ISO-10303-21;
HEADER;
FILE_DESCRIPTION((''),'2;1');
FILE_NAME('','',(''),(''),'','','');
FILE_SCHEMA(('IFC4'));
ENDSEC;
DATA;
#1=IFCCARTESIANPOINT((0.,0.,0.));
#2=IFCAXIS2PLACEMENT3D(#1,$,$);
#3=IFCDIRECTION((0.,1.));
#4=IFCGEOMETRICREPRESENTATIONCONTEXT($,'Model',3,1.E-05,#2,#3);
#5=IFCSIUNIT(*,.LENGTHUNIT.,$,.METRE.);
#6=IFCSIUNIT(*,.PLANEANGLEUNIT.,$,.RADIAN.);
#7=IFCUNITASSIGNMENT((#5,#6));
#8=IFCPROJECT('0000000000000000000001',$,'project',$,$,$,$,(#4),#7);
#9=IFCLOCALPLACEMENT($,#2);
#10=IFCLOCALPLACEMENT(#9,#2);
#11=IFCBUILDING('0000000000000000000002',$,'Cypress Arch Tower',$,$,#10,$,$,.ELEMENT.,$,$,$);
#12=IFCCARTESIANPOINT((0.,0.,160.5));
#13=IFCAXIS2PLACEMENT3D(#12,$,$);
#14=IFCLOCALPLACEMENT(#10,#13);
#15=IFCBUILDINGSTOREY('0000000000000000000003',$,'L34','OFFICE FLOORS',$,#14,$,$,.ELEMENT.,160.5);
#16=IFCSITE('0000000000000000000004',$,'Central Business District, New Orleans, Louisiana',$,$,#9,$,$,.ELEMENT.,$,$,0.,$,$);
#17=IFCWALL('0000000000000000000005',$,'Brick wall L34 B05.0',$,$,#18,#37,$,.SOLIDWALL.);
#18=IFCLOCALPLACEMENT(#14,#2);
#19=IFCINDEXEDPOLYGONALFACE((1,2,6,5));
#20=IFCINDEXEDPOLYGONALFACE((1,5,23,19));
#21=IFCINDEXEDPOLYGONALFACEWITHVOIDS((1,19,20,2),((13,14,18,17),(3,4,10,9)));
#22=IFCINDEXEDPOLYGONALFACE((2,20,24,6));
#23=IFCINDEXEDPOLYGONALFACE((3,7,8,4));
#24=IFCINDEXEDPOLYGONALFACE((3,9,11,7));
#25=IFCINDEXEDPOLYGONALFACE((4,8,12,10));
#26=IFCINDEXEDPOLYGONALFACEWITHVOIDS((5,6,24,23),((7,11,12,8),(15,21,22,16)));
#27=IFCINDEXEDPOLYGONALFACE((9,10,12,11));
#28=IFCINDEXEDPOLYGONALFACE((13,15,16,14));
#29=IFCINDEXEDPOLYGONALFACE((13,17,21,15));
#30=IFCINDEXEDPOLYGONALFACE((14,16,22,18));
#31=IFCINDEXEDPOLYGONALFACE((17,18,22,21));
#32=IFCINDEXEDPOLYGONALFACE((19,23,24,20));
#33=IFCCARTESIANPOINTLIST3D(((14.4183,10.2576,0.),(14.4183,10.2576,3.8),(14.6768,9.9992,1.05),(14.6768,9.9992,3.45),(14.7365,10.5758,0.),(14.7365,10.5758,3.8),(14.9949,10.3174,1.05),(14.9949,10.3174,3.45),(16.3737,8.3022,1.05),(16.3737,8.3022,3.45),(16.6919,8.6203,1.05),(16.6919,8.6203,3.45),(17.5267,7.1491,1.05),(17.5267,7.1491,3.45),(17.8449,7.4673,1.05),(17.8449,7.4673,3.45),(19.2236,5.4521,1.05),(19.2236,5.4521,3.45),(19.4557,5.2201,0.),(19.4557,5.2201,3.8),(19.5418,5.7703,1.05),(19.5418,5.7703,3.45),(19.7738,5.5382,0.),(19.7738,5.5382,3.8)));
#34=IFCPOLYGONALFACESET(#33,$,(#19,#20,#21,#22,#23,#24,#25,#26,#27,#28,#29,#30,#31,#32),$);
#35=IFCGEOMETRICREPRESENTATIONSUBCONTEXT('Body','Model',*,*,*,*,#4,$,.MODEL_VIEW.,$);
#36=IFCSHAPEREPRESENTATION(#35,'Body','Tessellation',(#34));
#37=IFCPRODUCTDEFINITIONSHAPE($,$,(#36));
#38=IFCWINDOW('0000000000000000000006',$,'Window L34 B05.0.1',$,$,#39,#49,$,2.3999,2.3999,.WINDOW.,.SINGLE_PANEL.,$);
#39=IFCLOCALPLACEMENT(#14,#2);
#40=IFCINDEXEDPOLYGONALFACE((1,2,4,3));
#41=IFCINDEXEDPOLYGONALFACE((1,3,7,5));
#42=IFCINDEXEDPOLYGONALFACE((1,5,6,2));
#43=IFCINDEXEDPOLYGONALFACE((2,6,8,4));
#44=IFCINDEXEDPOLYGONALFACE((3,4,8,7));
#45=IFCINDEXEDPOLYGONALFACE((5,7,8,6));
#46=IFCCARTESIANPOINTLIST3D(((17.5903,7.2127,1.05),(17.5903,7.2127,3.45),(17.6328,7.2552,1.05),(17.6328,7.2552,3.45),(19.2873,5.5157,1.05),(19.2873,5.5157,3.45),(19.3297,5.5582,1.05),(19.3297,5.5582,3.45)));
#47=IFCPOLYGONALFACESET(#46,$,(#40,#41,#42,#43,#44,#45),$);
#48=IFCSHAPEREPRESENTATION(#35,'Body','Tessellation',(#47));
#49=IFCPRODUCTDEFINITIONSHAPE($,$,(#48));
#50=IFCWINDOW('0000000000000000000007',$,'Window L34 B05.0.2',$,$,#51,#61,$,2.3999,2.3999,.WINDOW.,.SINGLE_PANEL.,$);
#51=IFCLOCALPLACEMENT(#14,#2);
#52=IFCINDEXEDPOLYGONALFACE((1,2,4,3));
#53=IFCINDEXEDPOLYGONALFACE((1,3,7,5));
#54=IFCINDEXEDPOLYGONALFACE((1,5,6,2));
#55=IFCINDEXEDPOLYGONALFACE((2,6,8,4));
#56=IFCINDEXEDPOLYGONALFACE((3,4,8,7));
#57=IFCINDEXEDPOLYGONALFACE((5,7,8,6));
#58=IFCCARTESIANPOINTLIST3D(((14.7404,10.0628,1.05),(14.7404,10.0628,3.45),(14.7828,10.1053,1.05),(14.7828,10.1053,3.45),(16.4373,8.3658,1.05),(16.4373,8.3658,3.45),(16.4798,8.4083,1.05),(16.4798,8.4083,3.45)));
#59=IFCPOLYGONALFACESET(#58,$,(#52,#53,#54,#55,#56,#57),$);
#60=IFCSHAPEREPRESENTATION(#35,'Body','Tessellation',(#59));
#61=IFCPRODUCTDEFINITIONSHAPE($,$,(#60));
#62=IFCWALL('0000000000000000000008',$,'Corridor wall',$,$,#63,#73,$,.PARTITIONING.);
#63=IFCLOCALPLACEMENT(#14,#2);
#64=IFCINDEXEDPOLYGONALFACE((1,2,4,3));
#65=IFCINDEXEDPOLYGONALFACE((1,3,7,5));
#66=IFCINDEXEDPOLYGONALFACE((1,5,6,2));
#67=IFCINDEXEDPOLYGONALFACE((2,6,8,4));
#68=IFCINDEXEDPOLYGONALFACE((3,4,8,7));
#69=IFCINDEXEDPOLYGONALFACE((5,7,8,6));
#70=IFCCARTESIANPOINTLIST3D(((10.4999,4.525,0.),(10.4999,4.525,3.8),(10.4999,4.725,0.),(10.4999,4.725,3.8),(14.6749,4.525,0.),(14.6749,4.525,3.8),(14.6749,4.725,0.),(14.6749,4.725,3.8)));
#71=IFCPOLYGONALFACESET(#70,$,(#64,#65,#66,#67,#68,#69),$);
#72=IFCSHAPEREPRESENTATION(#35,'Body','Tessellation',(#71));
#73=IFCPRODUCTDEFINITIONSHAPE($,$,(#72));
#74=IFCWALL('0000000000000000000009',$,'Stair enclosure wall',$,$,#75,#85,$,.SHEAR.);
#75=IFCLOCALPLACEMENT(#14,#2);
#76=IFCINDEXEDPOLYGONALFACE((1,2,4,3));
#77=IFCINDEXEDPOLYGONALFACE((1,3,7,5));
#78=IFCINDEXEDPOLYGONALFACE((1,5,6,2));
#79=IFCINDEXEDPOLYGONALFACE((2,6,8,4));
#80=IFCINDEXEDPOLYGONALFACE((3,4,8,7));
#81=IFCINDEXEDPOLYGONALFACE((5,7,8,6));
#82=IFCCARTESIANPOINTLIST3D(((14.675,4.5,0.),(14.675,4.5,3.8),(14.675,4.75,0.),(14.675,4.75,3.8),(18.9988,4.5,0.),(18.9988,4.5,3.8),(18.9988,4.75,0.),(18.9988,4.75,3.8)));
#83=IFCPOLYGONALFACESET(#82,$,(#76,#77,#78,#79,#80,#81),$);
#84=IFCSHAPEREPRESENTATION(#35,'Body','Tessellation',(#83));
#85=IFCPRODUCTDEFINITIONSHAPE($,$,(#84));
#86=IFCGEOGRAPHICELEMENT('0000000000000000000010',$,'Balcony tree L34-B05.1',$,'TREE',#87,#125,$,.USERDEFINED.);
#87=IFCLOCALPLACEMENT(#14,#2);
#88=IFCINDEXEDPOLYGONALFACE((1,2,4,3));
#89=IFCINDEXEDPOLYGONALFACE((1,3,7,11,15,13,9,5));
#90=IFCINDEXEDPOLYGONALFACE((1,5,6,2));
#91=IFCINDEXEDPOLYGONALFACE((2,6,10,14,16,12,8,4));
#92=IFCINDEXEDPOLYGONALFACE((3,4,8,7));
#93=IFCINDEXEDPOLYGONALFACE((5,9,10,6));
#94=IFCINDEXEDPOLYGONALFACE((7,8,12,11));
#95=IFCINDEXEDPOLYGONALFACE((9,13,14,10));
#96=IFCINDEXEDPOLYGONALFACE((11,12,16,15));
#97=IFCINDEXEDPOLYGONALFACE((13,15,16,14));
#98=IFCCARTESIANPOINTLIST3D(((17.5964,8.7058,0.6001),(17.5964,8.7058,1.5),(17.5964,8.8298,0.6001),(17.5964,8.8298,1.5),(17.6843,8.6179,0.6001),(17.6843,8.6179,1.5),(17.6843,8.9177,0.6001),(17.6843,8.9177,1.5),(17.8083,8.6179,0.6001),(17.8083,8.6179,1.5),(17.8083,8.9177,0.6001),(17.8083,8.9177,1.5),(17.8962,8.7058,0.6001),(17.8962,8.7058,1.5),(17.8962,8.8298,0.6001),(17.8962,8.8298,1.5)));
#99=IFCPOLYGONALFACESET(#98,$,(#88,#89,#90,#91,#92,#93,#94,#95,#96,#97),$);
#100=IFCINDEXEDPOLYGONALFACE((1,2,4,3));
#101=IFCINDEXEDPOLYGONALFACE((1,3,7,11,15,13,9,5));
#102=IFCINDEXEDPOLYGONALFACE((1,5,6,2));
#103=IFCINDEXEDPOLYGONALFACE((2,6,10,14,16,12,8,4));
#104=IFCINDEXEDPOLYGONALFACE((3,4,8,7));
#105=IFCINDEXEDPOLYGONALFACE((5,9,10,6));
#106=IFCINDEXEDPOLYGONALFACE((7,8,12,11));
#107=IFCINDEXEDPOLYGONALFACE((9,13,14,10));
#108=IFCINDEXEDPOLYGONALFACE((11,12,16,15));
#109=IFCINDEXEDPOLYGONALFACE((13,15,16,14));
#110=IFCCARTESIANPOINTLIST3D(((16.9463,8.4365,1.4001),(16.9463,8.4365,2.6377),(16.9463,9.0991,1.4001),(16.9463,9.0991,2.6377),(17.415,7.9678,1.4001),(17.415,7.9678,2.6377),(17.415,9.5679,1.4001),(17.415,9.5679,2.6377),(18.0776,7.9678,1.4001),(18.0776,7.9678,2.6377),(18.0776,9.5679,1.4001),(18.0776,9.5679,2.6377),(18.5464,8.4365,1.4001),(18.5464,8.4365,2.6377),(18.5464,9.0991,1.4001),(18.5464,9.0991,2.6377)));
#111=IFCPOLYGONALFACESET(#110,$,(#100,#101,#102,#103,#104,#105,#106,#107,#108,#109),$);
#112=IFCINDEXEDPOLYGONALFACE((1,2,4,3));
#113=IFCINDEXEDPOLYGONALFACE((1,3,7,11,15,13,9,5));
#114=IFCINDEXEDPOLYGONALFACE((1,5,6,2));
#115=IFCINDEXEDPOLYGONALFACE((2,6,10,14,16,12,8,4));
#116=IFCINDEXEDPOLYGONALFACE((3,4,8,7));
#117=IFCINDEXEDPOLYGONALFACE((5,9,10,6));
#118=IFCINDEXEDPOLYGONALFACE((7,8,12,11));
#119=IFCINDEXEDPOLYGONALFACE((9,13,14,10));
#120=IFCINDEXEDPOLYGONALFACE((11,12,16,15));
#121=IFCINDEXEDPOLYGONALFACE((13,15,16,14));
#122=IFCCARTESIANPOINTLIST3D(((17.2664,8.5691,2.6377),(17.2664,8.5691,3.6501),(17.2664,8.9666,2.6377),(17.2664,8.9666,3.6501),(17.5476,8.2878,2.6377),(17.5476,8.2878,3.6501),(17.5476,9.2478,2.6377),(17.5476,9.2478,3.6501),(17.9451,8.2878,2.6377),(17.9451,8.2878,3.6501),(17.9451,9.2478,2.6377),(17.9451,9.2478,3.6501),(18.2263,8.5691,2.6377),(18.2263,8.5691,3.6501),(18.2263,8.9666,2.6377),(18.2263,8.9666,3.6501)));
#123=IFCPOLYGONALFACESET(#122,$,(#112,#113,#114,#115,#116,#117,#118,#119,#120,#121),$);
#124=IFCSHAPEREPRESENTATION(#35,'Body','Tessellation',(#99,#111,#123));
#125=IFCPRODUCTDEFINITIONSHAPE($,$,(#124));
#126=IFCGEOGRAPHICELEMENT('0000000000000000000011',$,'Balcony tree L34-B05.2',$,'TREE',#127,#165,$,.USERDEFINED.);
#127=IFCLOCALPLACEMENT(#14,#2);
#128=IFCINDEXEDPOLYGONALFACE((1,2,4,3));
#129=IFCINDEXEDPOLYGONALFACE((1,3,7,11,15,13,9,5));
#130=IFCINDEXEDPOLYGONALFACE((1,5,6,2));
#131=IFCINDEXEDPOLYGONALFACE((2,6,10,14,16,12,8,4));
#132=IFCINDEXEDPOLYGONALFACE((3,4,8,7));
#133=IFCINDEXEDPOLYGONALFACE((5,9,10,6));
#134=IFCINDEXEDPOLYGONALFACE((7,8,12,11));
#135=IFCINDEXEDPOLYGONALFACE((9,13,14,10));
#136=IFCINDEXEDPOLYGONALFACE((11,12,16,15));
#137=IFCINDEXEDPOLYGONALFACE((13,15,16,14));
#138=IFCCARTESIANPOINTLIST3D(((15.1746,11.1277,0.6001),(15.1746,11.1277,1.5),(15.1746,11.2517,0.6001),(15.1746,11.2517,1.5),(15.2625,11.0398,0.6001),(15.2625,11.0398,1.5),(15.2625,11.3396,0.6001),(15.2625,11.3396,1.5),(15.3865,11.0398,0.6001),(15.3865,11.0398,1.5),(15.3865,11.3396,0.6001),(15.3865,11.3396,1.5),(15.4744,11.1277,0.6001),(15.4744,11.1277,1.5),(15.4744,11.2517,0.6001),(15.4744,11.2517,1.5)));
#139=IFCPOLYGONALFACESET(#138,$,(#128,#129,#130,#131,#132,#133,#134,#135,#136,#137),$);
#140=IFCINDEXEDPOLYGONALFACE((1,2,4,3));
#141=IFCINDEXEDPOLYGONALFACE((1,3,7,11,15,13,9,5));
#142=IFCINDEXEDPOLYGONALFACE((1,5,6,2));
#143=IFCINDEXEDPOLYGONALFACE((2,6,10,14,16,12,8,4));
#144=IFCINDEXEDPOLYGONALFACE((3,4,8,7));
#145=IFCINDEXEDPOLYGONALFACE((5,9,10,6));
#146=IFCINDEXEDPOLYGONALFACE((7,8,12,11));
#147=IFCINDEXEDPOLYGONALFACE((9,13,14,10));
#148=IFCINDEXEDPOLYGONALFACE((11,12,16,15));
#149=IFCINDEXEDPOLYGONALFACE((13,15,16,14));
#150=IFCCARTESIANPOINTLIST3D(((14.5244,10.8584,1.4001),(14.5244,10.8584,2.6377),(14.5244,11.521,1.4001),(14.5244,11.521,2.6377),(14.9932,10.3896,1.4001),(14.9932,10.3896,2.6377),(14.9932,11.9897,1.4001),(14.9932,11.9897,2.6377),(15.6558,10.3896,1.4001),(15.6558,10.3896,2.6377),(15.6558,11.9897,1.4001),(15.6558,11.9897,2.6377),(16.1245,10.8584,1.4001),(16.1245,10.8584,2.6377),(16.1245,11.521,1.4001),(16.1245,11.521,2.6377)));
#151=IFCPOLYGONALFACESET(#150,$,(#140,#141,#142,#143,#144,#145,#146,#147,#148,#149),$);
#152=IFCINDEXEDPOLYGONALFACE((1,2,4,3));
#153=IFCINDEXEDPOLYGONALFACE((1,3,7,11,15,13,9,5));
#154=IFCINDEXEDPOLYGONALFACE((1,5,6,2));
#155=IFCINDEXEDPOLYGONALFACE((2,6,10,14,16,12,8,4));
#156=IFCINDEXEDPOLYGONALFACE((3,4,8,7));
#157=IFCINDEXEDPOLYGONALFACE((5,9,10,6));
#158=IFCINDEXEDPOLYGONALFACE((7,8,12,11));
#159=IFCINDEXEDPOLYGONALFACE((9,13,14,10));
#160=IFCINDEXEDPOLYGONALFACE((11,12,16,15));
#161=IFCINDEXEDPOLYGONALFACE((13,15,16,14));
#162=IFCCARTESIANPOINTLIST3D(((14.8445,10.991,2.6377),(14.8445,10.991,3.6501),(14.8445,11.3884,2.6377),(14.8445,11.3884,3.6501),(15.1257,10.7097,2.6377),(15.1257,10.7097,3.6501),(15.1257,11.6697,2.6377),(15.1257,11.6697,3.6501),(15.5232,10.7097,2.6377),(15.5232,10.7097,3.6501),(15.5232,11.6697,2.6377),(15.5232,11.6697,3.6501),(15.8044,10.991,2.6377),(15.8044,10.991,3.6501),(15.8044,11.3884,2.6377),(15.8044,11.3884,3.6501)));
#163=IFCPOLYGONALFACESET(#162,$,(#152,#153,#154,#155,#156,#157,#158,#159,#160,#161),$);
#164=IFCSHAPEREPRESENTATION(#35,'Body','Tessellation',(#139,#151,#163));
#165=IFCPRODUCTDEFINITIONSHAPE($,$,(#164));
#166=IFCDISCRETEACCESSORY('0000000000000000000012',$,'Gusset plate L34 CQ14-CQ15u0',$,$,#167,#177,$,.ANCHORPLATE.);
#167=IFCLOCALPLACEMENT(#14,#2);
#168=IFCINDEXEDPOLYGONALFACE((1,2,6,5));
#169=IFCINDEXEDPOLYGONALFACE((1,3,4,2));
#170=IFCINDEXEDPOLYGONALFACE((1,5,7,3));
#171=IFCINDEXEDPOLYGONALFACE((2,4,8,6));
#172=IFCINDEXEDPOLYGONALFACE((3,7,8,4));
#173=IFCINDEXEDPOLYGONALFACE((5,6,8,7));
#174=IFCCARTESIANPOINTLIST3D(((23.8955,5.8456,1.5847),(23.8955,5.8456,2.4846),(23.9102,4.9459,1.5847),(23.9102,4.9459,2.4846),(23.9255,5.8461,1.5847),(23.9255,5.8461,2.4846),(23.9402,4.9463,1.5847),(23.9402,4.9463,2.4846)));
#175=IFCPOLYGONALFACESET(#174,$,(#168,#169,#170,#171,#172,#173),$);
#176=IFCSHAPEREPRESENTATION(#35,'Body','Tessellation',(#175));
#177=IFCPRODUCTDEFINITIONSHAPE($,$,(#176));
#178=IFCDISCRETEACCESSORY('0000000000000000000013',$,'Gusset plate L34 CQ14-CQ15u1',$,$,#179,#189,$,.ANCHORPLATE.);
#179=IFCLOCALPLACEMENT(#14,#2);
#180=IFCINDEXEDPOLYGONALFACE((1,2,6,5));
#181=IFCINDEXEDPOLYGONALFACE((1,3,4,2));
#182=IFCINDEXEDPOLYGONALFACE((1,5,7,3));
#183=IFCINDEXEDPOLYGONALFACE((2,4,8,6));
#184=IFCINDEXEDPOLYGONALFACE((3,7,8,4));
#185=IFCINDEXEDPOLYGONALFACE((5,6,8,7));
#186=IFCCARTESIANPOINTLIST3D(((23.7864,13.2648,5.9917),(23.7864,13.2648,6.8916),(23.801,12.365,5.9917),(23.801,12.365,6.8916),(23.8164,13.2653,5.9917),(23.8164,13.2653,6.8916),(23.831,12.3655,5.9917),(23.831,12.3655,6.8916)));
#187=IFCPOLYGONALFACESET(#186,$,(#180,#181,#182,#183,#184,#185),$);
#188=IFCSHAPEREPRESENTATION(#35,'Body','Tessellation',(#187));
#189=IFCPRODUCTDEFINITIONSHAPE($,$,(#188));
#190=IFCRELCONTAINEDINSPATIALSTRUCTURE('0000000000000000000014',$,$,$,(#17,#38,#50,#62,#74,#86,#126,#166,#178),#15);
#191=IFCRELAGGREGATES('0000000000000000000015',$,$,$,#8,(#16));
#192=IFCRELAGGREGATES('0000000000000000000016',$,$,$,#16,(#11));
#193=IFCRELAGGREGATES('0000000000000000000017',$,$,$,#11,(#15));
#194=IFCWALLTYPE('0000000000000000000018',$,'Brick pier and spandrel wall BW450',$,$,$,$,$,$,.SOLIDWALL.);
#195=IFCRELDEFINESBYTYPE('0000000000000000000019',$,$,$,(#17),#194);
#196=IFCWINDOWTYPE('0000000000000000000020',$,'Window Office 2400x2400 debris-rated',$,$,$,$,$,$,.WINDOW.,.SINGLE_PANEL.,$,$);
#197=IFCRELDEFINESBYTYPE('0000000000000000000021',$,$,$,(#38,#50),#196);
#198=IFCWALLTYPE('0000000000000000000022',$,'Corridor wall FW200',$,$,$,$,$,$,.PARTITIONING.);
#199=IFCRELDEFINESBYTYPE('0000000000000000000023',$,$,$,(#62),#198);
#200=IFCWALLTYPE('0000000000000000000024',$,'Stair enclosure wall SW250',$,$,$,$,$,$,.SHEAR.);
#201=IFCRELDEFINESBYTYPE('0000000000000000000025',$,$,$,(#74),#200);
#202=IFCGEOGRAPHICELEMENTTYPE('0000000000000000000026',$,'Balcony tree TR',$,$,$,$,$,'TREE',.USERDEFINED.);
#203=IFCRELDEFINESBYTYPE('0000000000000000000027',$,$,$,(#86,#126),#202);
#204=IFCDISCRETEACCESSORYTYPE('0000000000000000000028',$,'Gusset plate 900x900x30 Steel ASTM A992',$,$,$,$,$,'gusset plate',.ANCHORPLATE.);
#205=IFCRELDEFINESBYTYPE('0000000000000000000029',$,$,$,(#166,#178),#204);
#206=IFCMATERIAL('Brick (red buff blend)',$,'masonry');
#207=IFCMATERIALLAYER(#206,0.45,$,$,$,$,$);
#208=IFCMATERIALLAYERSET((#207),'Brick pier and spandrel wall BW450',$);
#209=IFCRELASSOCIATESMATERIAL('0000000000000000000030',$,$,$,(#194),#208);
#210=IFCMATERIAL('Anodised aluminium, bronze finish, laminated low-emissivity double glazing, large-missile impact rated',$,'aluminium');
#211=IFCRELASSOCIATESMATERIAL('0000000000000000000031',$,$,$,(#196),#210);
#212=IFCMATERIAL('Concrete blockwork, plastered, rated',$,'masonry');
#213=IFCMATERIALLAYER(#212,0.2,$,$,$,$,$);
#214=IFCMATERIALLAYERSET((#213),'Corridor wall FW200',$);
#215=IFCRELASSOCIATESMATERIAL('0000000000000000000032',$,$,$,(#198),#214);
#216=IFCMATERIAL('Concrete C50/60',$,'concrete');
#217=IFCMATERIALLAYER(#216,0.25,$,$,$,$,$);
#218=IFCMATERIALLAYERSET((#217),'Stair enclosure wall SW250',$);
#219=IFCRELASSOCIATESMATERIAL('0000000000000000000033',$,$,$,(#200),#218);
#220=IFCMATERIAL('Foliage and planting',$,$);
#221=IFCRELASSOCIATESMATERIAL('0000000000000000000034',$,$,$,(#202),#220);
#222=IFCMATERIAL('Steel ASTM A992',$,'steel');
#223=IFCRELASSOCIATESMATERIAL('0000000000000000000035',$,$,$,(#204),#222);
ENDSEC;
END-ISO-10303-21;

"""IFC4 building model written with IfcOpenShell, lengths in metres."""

from ifc_helpers import new_model, si_unit, direction, frame, frame_2d, origin, origin_2d, place, context, subcontext, project, spatial, polyline, rectangle, outline, extrude, material, layer, layer_set, material_profile, profile_set, type_object, element, fill, save


model = new_model("IFC4")

# Units and contexts
model_context = context("Model", 3, precision=1e-05, world=origin(), true_north=direction((0.0, 1.0)))
body_context = subcontext(model_context, "Body", "Model", "MODEL_VIEW")
ifc_project = project(units=[si_unit("LENGTHUNIT", "METRE"), si_unit("PLANEANGLEUNIT", "RADIAN")], contexts=[model_context])

# Site, building, storey
site_placement = place(None, origin())
site = spatial("IfcSite", under=ifc_project, at=site_placement, Name="Central Business District, New Orleans, Louisiana", CompositionType="ELEMENT", RefElevation=0.0)
building_placement = place(site_placement, origin())
building = spatial("IfcBuilding", under=site, at=building_placement, Name="Cypress Arch Tower", CompositionType="ELEMENT")
storey_placement = place(building_placement, frame((0.0, 0.0, 160.5)))
storey = spatial("IfcBuildingStorey", under=building, at=storey_placement, Name="L34", Description="OFFICE FLOORS", CompositionType="ELEMENT", Elevation=160.5)

# Wall, openings, windows
ifc_material_1 = material(Name="Brick (red buff blend)", Category="masonry")
ifc_layer_1 = layer(ifc_material_1, 0.45)
ifc_layer_set_1 = layer_set([ifc_layer_1], Name="Brick pier and spandrel wall BW450")
wall_type_1 = type_object("IfcWallType", Name="Brick pier and spandrel wall BW450", PredefinedType="SOLIDWALL", material=ifc_layer_set_1)
wall_1_placement = place(storey_placement, frame((19.6147, 5.3792, 0.0), z_axis=(0.0, 0.0, 1.0), x_axis=(-0.70709, 0.707124, 0.0)))
wall_1 = element("IfcWall", 1, at=wall_1_placement, inside=storey, type_object=wall_type_1, Name="Brick wall L34 B05.0", PredefinedType="SOLIDWALL", context=body_context, shape_type="SweptSolid", body=[
    extrude(rectangle(XDim=7.124, YDim=0.45, at=frame_2d((3.562, 0.0))), origin(), (0.0, 0.0, 1.0), 3.8),
])
opening_1_placement = place(wall_1_placement, frame((0.3281, 0.0, 1.05)))
opening_1 = element("IfcOpeningElement", 2, at=opening_1_placement, cuts=wall_1, PredefinedType="OPENING", context=body_context, shape_type="SweptSolid", body=[
    extrude(rectangle(XDim=2.3999, YDim=2.3999, at=frame_2d((1.2, 1.2))), frame((0.0, 0.2349, 0.0), z_axis=(0.0, -1.0, 0.0), x_axis=(1.0, 0.0, 0.0)), (0.0, 0.0, 1.0), 0.47),
])
opening_2_placement = place(wall_1_placement, frame((4.3586, 0.0, 1.05)))
opening_2 = element("IfcOpeningElement", 3, at=opening_2_placement, cuts=wall_1, PredefinedType="OPENING", context=body_context, shape_type="SweptSolid", body=[
    extrude(rectangle(XDim=2.3999, YDim=2.3999, at=frame_2d((1.2, 1.2))), frame((0.0, 0.2349, 0.0), z_axis=(0.0, -1.0, 0.0), x_axis=(1.0, 0.0, 0.0)), (0.0, 0.0, 1.0), 0.47),
])
ifc_material_2 = material(Name="Anodised aluminium, bronze finish, laminated low-emissivity double glazing, large-missile impact rated", Category="aluminium")
window_type = type_object("IfcWindowType", Name="Window Office 2400x2400 debris-rated", PartitioningType="SINGLE_PANEL", PredefinedType="WINDOW", material=ifc_material_2)
window_1_placement = place(opening_1_placement, origin())
window_1 = element("IfcWindow", 4, at=window_1_placement, inside=storey, type_object=window_type, Name="Window L34 B05.0.1", OverallHeight=2.3999, OverallWidth=2.3999, PartitioningType="SINGLE_PANEL", PredefinedType="WINDOW", context=body_context, shape_type="SweptSolid", body=[
    extrude(rectangle(XDim=2.3999, YDim=2.3999, at=frame_2d((1.2, 1.2))), frame((0.0, 0.135, 0.0), z_axis=(0.0, -1.0, 0.0), x_axis=(1.0, 0.0, 0.0)), (0.0, 0.0, 1.0), 0.0601),
])
fill(opening_1, window_1)
window_2_placement = place(opening_2_placement, origin())
window_2 = element("IfcWindow", 5, at=window_2_placement, inside=storey, type_object=window_type, Name="Window L34 B05.0.2", OverallHeight=2.3999, OverallWidth=2.3999, PartitioningType="SINGLE_PANEL", PredefinedType="WINDOW", context=body_context, shape_type="SweptSolid", body=[
    extrude(rectangle(XDim=2.3999, YDim=2.3999, at=frame_2d((1.2, 1.2))), frame((0.0, 0.135, 0.0), z_axis=(0.0, -1.0, 0.0), x_axis=(1.0, 0.0, 0.0)), (0.0, 0.0, 1.0), 0.0601),
])
fill(opening_2, window_2)

# Walls
ifc_material_3 = material(Name="Concrete blockwork, plastered, rated", Category="masonry")
ifc_layer_2 = layer(ifc_material_3, 0.2)
ifc_layer_set_2 = layer_set([ifc_layer_2], Name="Corridor wall FW200")
wall_type_2 = type_object("IfcWallType", Name="Corridor wall FW200", PredefinedType="PARTITIONING", material=ifc_layer_set_2)
wall_2_placement = place(storey_placement, frame((10.5, 4.625, 0.0), z_axis=(0.0, 0.0, 1.0), x_axis=(1.0, 0.0, 0.0)))
element("IfcWall", 6, at=wall_2_placement, inside=storey, type_object=wall_type_2, Name="Corridor wall", PredefinedType="PARTITIONING", context=body_context, shape_type="SweptSolid", body=[
    extrude(rectangle(XDim=4.175, YDim=0.2, at=frame_2d((2.0874, 0.0))), origin(), (0.0, 0.0, 1.0), 3.8),
])
ifc_material_4 = material(Name="Concrete C50/60", Category="concrete")
ifc_layer_3 = layer(ifc_material_4, 0.25)
ifc_layer_set_3 = layer_set([ifc_layer_3], Name="Stair enclosure wall SW250")
wall_type_3 = type_object("IfcWallType", Name="Stair enclosure wall SW250", PredefinedType="SHEAR", material=ifc_layer_set_3)
wall_3_placement = place(storey_placement, frame((14.675, 4.625, 0.0), z_axis=(0.0, 0.0, 1.0), x_axis=(1.0, 0.0, 0.0)))
element("IfcWall", 7, at=wall_3_placement, inside=storey, type_object=wall_type_3, Name="Stair enclosure wall", PredefinedType="SHEAR", context=body_context, shape_type="SweptSolid", body=[
    extrude(rectangle(XDim=4.3237, YDim=0.25, at=frame_2d((2.1619, 0.0))), origin(), (0.0, 0.0, 1.0), 3.8),
])

# Geographic elements
ifc_material_5 = material(Name="Foliage and planting")
geographic_element_type = type_object("IfcGeographicElementType", Name="Balcony tree TR", ElementType="TREE", PredefinedType="USERDEFINED", material=ifc_material_5)
for number, where, z_axis, x_axis, name in (
    (8, (17.7463, 8.7678, 0.6001), (0.0, 0.0, 1.0), (1.0, 0.0, 0.0), "Balcony tree L34-B05.1"),
    (9, (15.3245, 11.1897, 0.6001), (0.0, 0.0, 1.0), (1.0, 0.0, 0.0), "Balcony tree L34-B05.2"),
):
    element("IfcGeographicElement", number, at=place(storey_placement, frame(where, z_axis=z_axis, x_axis=x_axis)), inside=storey, type_object=geographic_element_type, Name=name, ObjectType="TREE", PredefinedType="USERDEFINED", context=body_context, shape_type="SweptSolid", body=[
        extrude(outline(polyline([(0.1499, 0.062), (0.062, 0.1499), (-0.062, 0.1499), (-0.1499, 0.062), (-0.1499, -0.062), (-0.062, -0.1499), (0.062, -0.1499), (0.1499, -0.062), (0.1499, 0.062)])), origin(), (0.0, 0.0, 1.0), 0.8999),
        extrude(outline(polyline([(0.8, 0.3313), (0.3313, 0.8), (-0.3313, 0.8), (-0.8, 0.3313), (-0.8, -0.3313), (-0.3313, -0.8), (0.3313, -0.8), (0.8, -0.3313), (0.8, 0.3313)])), frame((0.0, 0.0, 0.8)), (0.0, 0.0, 1.0), 1.2375),
        extrude(outline(polyline([(0.48, 0.1987), (0.1987, 0.48), (-0.1987, 0.48), (-0.48, 0.1987), (-0.48, -0.1987), (-0.1987, -0.48), (0.1987, -0.48), (0.48, -0.1987), (0.48, 0.1987)])), frame((0.0, 0.0, 2.0376)), (0.0, 0.0, 1.0), 1.0125),
    ])

# Discrete accessories
ifc_material_6 = material(Name="Steel ASTM A992", Category="steel")
ifc_material_profile_1 = material_profile(ifc_material_6, rectangle(XDim=0.8999, YDim=0.8999, at=origin_2d()), Name="PL 30 900x900")
ifc_profile_set_1 = profile_set([ifc_material_profile_1], Name="Steel ASTM A992")
discrete_accessory_type_1 = type_object("IfcDiscreteAccessoryType", Name="Gusset plate 900x900x30 Steel ASTM A992", ElementType="gusset plate", PredefinedType="ANCHORPLATE", material=ifc_profile_set_1)
for number, where, z_axis, x_axis, name in (
    (10, (23.9329, 5.3962, 2.0347), (-0.999868, -0.016258, 0.0), (0.016258, -0.999868, 0.0), "Gusset plate L34 CQ14-CQ15u0"),
    (11, (23.8237, 12.8154, 6.4417), (-0.999868, -0.016258, 0.0), (0.016258, -0.999868, 0.0), "Gusset plate L34 CQ14-CQ15u1"),
):
    element("IfcDiscreteAccessory", number, at=place(storey_placement, frame(where, z_axis=z_axis, x_axis=x_axis)), inside=storey, type_object=discrete_accessory_type_1, Name=name, PredefinedType="ANCHORPLATE", context=body_context, shape_type="SweptSolid", body=[
        extrude(rectangle(XDim=0.8999, YDim=0.8999, at=origin_2d()), origin(), (0.0, 0.0, 1.0), 0.03),
    ])

save(model, "model.ifc")
